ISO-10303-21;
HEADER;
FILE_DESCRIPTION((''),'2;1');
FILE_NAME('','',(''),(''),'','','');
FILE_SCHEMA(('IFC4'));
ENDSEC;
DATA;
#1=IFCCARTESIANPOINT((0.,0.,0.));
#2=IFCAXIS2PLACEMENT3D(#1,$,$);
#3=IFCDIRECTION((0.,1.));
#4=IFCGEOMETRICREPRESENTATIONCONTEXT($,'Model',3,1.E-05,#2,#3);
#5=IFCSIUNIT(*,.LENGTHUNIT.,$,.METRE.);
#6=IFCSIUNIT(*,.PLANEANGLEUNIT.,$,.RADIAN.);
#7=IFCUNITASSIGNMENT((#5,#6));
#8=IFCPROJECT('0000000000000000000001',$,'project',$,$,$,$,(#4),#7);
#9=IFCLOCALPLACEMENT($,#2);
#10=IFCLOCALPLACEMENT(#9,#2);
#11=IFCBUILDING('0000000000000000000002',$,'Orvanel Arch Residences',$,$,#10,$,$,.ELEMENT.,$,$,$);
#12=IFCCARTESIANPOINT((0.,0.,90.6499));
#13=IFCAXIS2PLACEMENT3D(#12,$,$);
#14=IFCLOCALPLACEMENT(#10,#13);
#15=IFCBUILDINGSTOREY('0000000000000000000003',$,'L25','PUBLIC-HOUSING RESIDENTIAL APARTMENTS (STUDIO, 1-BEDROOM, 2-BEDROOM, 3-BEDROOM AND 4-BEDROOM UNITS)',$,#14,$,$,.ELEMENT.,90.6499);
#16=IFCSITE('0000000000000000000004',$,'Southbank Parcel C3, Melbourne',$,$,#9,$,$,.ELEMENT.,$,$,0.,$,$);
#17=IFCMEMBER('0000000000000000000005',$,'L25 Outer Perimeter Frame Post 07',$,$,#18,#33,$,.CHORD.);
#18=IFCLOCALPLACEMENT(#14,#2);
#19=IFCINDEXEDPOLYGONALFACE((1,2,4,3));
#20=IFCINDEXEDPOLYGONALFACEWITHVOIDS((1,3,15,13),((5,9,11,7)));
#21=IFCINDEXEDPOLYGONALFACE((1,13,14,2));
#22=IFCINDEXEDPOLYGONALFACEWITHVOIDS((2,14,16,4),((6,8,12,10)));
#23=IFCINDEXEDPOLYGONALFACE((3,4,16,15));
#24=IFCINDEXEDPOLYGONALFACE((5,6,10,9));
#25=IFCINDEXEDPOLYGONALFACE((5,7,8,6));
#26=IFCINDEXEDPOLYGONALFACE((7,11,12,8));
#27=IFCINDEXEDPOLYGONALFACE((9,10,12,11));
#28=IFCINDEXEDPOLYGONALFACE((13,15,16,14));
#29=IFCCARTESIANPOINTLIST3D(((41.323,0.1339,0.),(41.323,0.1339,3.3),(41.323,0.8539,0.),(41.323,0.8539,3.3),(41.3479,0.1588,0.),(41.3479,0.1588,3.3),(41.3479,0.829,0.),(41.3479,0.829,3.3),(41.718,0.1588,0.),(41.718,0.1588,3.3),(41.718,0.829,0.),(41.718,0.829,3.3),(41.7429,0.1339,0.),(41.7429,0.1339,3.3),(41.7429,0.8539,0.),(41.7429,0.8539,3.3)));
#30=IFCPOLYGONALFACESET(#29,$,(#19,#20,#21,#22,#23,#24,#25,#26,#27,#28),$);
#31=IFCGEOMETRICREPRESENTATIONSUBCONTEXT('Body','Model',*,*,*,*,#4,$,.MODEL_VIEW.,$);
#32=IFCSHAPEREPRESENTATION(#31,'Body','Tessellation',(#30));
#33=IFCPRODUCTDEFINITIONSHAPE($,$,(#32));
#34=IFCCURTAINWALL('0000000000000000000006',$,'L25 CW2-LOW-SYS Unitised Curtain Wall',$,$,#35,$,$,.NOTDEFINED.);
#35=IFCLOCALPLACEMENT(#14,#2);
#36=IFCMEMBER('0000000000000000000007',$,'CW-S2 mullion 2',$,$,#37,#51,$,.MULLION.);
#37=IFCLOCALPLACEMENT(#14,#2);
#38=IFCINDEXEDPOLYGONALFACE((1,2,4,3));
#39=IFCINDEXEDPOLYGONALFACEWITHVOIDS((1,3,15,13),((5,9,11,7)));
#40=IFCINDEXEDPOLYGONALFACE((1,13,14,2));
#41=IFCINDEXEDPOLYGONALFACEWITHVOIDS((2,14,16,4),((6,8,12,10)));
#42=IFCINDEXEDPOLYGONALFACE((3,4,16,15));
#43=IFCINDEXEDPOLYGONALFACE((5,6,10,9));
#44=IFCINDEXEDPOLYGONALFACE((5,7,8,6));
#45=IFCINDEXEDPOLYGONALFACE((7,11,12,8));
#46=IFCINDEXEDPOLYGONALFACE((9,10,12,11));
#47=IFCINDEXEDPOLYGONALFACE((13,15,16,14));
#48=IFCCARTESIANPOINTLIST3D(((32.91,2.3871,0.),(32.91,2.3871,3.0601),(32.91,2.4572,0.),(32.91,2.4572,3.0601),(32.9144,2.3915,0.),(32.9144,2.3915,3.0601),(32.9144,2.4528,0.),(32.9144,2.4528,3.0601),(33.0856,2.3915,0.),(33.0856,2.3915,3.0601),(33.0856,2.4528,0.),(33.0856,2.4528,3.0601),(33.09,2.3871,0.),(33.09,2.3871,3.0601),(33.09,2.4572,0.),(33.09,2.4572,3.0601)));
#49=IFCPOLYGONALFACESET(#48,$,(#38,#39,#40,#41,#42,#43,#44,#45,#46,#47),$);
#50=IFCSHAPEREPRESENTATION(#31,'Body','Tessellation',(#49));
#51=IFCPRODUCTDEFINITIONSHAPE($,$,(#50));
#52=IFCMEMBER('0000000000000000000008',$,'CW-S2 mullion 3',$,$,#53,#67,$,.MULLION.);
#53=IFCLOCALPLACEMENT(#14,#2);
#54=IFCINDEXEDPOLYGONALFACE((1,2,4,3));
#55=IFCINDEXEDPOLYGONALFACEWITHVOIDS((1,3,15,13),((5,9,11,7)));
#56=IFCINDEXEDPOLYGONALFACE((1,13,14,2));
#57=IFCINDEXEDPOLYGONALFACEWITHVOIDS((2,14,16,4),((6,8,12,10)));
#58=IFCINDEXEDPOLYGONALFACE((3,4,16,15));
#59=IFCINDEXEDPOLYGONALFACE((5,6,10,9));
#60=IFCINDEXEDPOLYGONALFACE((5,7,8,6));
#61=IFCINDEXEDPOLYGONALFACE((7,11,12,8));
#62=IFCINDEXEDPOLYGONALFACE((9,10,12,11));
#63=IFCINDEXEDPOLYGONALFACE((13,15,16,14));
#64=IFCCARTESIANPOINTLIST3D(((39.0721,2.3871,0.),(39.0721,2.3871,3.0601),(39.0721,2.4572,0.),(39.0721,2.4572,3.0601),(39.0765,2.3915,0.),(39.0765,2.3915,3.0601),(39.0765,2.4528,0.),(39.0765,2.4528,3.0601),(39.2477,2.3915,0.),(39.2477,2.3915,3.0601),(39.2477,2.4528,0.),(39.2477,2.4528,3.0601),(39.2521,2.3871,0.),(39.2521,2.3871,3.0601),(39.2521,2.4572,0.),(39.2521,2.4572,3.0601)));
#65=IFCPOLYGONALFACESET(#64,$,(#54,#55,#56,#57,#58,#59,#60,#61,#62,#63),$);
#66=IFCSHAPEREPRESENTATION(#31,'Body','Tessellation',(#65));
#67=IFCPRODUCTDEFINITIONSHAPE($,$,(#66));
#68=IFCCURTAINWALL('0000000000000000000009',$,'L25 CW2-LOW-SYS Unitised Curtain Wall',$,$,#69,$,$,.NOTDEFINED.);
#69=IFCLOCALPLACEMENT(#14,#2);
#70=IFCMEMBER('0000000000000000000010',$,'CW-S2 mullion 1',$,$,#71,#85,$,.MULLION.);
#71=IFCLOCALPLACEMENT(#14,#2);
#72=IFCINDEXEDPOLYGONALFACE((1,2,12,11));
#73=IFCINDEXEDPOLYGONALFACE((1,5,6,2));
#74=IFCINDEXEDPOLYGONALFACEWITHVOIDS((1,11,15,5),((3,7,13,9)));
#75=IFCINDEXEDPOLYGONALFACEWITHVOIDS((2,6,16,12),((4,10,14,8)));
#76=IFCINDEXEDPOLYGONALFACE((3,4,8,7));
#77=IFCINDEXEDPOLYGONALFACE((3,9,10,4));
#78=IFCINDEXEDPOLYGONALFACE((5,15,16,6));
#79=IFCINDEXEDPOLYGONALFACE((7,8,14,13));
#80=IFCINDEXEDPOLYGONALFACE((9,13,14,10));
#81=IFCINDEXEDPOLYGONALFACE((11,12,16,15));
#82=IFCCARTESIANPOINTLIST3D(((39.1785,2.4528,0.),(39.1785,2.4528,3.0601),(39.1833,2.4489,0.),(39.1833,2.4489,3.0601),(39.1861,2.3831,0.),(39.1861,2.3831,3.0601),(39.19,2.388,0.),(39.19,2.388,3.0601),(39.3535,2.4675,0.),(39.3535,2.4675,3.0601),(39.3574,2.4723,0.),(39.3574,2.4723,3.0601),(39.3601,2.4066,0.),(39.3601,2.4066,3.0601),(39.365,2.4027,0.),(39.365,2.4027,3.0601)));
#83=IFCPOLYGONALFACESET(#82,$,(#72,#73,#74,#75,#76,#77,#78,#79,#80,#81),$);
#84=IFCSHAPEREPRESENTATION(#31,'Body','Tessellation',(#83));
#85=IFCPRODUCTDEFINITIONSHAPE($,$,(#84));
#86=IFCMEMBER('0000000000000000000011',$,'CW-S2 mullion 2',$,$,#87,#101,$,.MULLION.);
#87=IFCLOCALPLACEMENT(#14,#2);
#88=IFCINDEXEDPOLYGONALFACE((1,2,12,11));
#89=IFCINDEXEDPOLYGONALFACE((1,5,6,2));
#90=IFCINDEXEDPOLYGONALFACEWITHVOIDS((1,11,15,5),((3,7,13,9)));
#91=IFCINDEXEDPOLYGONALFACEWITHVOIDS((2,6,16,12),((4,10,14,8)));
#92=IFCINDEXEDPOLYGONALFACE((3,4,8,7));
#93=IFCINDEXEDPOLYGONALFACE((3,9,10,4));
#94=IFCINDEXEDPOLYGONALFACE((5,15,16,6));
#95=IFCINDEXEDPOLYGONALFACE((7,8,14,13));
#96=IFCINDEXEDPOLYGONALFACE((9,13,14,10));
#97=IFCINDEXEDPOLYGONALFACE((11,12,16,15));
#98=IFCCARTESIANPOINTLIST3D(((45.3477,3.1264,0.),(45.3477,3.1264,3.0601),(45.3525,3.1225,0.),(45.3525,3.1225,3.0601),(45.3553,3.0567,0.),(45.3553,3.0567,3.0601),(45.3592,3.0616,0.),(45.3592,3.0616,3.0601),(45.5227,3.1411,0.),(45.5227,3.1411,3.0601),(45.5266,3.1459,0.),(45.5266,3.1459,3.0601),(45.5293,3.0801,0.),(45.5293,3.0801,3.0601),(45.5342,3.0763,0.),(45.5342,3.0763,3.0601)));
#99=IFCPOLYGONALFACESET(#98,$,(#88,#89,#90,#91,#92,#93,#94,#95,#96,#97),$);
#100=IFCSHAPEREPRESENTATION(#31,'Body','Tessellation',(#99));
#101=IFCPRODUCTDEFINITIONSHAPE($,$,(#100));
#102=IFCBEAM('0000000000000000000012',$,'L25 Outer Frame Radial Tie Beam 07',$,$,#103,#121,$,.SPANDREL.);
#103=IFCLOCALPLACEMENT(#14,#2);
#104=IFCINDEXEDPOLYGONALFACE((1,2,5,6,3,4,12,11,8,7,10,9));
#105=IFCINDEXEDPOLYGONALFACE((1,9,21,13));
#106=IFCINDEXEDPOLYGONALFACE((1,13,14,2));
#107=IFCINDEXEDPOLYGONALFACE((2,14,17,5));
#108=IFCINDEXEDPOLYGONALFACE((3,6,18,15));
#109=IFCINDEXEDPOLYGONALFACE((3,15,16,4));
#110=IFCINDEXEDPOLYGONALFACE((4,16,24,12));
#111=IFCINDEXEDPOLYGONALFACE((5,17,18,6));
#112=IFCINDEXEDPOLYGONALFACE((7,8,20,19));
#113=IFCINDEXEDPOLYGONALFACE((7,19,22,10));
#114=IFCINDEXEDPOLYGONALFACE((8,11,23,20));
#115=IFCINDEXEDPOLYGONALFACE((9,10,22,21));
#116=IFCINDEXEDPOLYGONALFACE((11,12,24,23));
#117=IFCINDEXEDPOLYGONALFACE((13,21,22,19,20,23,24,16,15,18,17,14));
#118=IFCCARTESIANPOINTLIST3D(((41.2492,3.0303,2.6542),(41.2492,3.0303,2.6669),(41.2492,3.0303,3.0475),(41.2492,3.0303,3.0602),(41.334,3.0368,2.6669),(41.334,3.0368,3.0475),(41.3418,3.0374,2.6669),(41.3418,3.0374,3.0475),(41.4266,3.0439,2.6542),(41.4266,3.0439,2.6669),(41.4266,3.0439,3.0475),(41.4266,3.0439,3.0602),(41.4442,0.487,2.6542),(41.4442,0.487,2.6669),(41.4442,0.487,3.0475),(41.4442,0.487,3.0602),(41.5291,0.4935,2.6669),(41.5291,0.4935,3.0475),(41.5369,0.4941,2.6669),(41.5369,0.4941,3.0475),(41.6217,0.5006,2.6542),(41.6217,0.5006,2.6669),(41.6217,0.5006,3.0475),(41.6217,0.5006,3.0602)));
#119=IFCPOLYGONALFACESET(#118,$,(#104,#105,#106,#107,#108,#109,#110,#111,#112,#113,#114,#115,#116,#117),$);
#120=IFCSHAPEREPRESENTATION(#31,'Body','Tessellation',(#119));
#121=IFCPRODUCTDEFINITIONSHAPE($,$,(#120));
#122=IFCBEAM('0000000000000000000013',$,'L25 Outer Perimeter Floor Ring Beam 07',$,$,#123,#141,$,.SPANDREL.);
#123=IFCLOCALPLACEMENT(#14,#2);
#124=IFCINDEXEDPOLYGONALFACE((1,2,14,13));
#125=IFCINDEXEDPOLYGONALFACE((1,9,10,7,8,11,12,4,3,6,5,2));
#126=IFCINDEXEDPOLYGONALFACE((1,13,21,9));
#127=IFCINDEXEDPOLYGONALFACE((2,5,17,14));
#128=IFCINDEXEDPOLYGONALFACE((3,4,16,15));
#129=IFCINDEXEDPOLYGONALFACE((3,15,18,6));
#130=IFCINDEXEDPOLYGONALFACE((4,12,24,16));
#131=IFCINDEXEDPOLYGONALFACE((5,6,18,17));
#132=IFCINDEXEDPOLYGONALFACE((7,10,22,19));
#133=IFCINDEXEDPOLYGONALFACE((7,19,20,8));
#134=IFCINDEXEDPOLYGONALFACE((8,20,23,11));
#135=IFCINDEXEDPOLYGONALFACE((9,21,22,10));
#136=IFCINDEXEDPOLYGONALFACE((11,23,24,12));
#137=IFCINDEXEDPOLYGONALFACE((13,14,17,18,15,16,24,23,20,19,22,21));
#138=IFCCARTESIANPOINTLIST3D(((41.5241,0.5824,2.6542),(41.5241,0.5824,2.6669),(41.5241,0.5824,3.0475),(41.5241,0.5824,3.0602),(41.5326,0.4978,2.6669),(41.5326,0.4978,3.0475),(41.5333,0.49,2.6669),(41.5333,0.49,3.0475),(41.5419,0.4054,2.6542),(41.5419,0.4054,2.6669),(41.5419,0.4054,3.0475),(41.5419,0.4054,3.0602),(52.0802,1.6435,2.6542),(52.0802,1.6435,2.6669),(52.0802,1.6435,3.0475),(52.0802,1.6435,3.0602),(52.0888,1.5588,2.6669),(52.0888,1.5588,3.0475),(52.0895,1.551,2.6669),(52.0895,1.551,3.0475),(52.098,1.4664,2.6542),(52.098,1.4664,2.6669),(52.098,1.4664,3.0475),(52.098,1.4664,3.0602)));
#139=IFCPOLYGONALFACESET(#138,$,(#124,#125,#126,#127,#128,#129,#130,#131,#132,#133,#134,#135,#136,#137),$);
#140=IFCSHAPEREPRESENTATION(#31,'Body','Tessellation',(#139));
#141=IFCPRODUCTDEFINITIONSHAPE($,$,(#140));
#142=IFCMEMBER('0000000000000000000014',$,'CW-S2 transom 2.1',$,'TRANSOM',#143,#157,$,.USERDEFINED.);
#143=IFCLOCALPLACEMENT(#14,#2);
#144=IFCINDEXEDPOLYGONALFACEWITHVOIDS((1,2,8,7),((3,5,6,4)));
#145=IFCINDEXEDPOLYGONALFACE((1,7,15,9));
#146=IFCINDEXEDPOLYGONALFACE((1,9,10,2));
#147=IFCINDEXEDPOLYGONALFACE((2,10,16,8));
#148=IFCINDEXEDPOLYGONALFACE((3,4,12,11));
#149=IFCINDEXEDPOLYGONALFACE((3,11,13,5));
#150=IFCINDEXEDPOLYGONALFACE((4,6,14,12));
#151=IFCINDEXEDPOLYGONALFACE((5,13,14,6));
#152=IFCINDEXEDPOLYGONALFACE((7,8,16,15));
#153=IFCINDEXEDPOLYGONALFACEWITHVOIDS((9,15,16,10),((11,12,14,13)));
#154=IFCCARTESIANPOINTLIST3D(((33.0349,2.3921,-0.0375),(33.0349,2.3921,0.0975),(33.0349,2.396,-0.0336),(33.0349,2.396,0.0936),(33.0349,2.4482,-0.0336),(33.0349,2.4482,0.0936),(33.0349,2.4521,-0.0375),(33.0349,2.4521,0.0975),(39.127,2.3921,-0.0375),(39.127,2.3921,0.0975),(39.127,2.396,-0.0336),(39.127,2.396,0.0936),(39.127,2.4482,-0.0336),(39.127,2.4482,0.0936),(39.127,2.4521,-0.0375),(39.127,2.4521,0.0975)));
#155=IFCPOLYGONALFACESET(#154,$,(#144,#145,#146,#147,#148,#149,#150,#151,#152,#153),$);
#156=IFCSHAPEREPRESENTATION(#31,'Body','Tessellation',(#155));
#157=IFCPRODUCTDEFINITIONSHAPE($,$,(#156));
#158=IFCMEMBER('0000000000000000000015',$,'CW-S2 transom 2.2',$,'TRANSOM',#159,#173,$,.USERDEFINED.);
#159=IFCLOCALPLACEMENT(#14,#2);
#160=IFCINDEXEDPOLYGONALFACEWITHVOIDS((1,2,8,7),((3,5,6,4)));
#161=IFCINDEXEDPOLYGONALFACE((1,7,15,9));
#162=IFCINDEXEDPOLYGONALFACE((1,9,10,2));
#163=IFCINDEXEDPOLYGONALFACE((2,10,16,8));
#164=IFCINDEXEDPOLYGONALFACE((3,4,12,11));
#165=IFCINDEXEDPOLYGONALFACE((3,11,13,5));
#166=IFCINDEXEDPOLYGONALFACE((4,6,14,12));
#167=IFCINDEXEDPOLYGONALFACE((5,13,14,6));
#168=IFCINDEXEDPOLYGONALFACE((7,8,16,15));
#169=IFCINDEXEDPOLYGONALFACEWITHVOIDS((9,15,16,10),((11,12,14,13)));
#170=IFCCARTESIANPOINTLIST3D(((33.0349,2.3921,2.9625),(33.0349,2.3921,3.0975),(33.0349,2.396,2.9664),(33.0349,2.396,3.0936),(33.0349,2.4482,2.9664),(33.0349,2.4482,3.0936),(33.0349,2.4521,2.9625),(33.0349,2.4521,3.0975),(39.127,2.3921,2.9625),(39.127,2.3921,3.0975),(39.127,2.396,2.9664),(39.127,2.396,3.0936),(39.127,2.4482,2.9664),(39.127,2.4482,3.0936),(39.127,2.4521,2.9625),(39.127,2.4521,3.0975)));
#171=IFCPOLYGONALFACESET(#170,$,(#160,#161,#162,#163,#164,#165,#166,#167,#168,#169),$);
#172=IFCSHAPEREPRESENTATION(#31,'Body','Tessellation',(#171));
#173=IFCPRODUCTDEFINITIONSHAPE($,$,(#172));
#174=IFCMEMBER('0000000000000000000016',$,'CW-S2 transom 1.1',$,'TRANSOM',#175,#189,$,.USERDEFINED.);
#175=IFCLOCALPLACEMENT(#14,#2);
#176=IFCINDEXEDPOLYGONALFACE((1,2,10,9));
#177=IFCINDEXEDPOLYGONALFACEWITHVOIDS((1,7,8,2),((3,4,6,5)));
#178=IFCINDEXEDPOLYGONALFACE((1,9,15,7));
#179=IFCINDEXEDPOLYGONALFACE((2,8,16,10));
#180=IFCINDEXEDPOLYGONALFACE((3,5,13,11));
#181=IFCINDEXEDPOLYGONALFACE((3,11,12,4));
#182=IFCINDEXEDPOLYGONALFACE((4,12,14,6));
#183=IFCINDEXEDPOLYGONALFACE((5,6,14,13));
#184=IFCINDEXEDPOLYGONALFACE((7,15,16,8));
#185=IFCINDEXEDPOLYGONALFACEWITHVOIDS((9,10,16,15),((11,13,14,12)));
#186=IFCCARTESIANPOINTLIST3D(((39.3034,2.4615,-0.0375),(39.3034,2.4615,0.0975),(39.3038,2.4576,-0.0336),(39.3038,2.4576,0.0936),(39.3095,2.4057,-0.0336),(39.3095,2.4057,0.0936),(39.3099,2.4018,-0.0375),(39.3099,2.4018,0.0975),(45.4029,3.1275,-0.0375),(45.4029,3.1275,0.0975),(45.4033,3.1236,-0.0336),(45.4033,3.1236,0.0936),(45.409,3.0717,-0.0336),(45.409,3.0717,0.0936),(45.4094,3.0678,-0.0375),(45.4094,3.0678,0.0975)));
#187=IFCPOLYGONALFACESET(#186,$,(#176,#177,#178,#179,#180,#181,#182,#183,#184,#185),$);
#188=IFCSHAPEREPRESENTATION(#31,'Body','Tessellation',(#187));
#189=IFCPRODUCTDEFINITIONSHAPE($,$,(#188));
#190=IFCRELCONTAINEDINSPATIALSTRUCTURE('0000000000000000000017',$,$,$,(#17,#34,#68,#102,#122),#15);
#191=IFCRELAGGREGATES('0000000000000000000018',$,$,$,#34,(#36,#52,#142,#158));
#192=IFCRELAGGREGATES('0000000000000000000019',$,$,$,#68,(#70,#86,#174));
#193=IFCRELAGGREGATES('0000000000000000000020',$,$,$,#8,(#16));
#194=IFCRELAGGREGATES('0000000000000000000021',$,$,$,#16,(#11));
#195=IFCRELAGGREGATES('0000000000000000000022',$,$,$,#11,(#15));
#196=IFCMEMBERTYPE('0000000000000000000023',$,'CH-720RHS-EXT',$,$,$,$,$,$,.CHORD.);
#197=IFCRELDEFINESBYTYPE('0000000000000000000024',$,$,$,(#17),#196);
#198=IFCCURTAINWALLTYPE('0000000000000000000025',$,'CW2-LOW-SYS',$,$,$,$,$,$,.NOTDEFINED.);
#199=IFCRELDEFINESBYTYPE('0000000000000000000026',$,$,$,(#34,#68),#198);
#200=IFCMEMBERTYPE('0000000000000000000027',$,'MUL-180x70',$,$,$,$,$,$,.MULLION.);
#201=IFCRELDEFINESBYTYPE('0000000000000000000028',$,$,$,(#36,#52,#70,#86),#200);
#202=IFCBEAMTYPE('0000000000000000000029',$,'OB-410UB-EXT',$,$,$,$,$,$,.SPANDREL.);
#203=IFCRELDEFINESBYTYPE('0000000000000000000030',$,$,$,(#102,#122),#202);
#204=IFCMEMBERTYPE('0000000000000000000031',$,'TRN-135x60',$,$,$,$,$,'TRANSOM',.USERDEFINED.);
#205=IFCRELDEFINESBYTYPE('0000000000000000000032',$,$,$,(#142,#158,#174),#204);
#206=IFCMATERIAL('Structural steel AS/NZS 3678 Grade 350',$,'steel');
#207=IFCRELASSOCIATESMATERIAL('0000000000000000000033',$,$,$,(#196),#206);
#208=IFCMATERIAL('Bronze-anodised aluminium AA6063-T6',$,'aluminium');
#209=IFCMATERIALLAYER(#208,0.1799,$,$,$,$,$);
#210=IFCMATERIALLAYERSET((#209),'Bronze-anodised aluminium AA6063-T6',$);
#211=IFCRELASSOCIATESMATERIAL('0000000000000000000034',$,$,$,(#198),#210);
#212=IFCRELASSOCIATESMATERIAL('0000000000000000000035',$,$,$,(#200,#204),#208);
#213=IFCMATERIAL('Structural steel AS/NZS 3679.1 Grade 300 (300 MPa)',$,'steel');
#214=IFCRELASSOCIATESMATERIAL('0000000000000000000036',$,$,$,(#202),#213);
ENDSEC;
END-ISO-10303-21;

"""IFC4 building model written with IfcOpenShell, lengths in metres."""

from ifc_helpers import new_model, si_unit, direction, frame, origin, origin_2d, place, context, subcontext, project, spatial, hollow_rectangle, i_section, extrude, material, layer, layer_set, material_profile, profile_set, type_object, element, aggregate, save


model = new_model("IFC4")

# Units and contexts
model_context = context("Model", 3, precision=1e-05, world=origin(), true_north=direction((0.0, 1.0)))
body_context = subcontext(model_context, "Body", "Model", "MODEL_VIEW")
ifc_project = project(units=[si_unit("LENGTHUNIT", "METRE"), si_unit("PLANEANGLEUNIT", "RADIAN")], contexts=[model_context])

# Site, building, storey
site_placement = place(None, origin())
site = spatial("IfcSite", under=ifc_project, at=site_placement, Name="Southbank Parcel C3, Melbourne", CompositionType="ELEMENT", RefElevation=0.0)
building_placement = place(site_placement, origin())
building = spatial("IfcBuilding", under=site, at=building_placement, Name="Orvanel Arch Residences", CompositionType="ELEMENT")
storey_placement = place(building_placement, frame((0.0, 0.0, 90.6499)))
storey = spatial("IfcBuildingStorey", under=building, at=storey_placement, Name="L25", Description="PUBLIC-HOUSING RESIDENTIAL APARTMENTS (STUDIO, 1-BEDROOM, 2-BEDROOM, 3-BEDROOM AND 4-BEDROOM UNITS)", CompositionType="ELEMENT", Elevation=90.6499)

# Member
ifc_material_1 = material(Name="Structural steel AS/NZS 3678 Grade 350", Category="steel")
ifc_material_profile_1 = material_profile(ifc_material_1, hollow_rectangle(XDim=0.4199, YDim=0.72, WallThickness=0.0249, at=origin_2d()), Name="RHS720x420x25")
ifc_profile_set_1 = profile_set([ifc_material_profile_1], Name="Structural steel AS/NZS 3678 Grade 350")
member_type_1 = type_object("IfcMemberType", Name="CH-720RHS-EXT", PredefinedType="CHORD", material=ifc_profile_set_1)
member_1_placement = place(storey_placement, frame((41.533, 0.4939, 0.0), z_axis=(0.0, 0.0, 1.0), x_axis=(1.0, 0.0, 0.0)))
element("IfcMember", 1, at=member_1_placement, inside=storey, type_object=member_type_1, Name="L25 Outer Perimeter Frame Post 07", PredefinedType="CHORD", context=body_context, shape_type="SweptSolid", body=[
    extrude(hollow_rectangle(XDim=0.4199, YDim=0.72, WallThickness=0.0249, at=origin_2d()), origin(), (0.0, 0.0, 1.0), 3.3),
])

# Curtain walls, members
ifc_material_2 = material(Name="Bronze-anodised aluminium AA6063-T6", Category="aluminium")
ifc_layer_1 = layer(ifc_material_2, 0.1799)
ifc_layer_set_1 = layer_set([ifc_layer_1], Name="Bronze-anodised aluminium AA6063-T6")
curtain_wall_type = type_object("IfcCurtainWallType", Name="CW2-LOW-SYS", PredefinedType="NOTDEFINED", material=ifc_layer_set_1)
curtain_wall_1_placement = place(storey_placement, origin())
curtain_wall_1 = element("IfcCurtainWall", 2, at=curtain_wall_1_placement, inside=storey, type_object=curtain_wall_type, Name="L25 CW2-LOW-SYS Unitised Curtain Wall", PredefinedType="NOTDEFINED")
ifc_material_profile_2 = material_profile(ifc_material_2, hollow_rectangle(XDim=0.0701, YDim=0.1799, WallThickness=0.0044, at=origin_2d()), Name="ALU180x70x4.5")
ifc_profile_set_2 = profile_set([ifc_material_profile_2], Name="Bronze-anodised aluminium AA6063-T6")
member_type_2 = type_object("IfcMemberType", Name="MUL-180x70", PredefinedType="MULLION", material=ifc_profile_set_2)
member_2_placement = place(storey_placement, frame((33.0, 2.4221, 0.0), z_axis=(0.0, 0.0, 1.0), x_axis=(0.0, 1.0, 0.0)))
member_2 = element("IfcMember", 3, at=member_2_placement, type_object=member_type_2, Name="CW-S2 mullion 2", PredefinedType="MULLION", context=body_context, shape_type="SweptSolid", body=[
    extrude(hollow_rectangle(XDim=0.0701, YDim=0.1799, WallThickness=0.0044, at=origin_2d()), origin(), (0.0, 0.0, 1.0), 3.0601),
])
member_3_placement = place(storey_placement, frame((39.1621, 2.4221, 0.0), z_axis=(0.0, 0.0, 1.0), x_axis=(0.0, 1.0, 0.0)))
member_3 = element("IfcMember", 4, at=member_3_placement, type_object=member_type_2, Name="CW-S2 mullion 3", PredefinedType="MULLION", context=body_context, shape_type="SweptSolid", body=[
    extrude(hollow_rectangle(XDim=0.0701, YDim=0.1799, WallThickness=0.0044, at=origin_2d()), origin(), (0.0, 0.0, 1.0), 3.0601),
])
curtain_wall_2_placement = place(storey_placement, origin())
curtain_wall_2 = element("IfcCurtainWall", 5, at=curtain_wall_2_placement, inside=storey, type_object=curtain_wall_type, Name="L25 CW2-LOW-SYS Unitised Curtain Wall", PredefinedType="NOTDEFINED")
member_4_placement = place(storey_placement, frame((39.2717, 2.4277, 0.0), z_axis=(0.0, 0.0, 1.0), x_axis=(-0.108532, 0.994093, 0.0)))
member_4 = element("IfcMember", 6, at=member_4_placement, type_object=member_type_2, Name="CW-S2 mullion 1", PredefinedType="MULLION", context=body_context, shape_type="SweptSolid", body=[
    extrude(hollow_rectangle(XDim=0.0701, YDim=0.1799, WallThickness=0.0044, at=origin_2d()), origin(), (0.0, 0.0, 1.0), 3.0601),
])
member_5_placement = place(storey_placement, frame((45.4409, 3.1013, 0.0), z_axis=(0.0, 0.0, 1.0), x_axis=(-0.108532, 0.994093, 0.0)))
member_5 = element("IfcMember", 7, at=member_5_placement, type_object=member_type_2, Name="CW-S2 mullion 2", PredefinedType="MULLION", context=body_context, shape_type="SweptSolid", body=[
    extrude(hollow_rectangle(XDim=0.0701, YDim=0.1799, WallThickness=0.0044, at=origin_2d()), origin(), (0.0, 0.0, 1.0), 3.0601),
])

# Beams
ifc_material_3 = material(Name="Structural steel AS/NZS 3679.1 Grade 300 (300 MPa)", Category="steel")
ifc_material_profile_3 = material_profile(ifc_material_3, i_section(OverallWidth=0.178, OverallDepth=0.406, WebThickness=0.0078, FlangeThickness=0.0127, at=origin_2d()), Name="410UB59.7")
ifc_profile_set_3 = profile_set([ifc_material_profile_3], Name="Structural steel AS/NZS 3679.1 Grade 300 (300 MPa)")
beam_type = type_object("IfcBeamType", Name="OB-410UB-EXT", PredefinedType="SPANDREL", material=ifc_profile_set_3)
beam_1_placement = place(storey_placement, frame((41.3379, 3.0371, 2.8572), z_axis=(0.076477, -0.997071, 0.0), x_axis=(0.997071, 0.076477, 0.0)))
element("IfcBeam", 8, at=beam_1_placement, inside=storey, type_object=beam_type, Name="L25 Outer Frame Radial Tie Beam 07", PredefinedType="SPANDREL", context=body_context, shape_type="SweptSolid", body=[
    extrude(i_section(OverallWidth=0.178, OverallDepth=0.406, WebThickness=0.0078, FlangeThickness=0.0127, at=origin_2d()), origin(), (0.0, 0.0, 1.0), 2.5508),
])
beam_2_placement = place(storey_placement, frame((41.533, 0.4939, 2.8572), z_axis=(0.994986, 0.10001, 0.0), x_axis=(-0.10001, 0.994986, 0.0)))
element("IfcBeam", 9, at=beam_2_placement, inside=storey, type_object=beam_type, Name="L25 Outer Perimeter Floor Ring Beam 07", PredefinedType="SPANDREL", context=body_context, shape_type="SweptSolid", body=[
    extrude(i_section(OverallWidth=0.178, OverallDepth=0.406, WebThickness=0.0078, FlangeThickness=0.0127, at=origin_2d()), origin(), (0.0, 0.0, 1.0), 10.6094),
])

# Members
ifc_material_profile_4 = material_profile(ifc_material_2, hollow_rectangle(XDim=0.0601, YDim=0.135, WallThickness=0.0039, at=origin_2d()), Name="ALU135x60x4")
ifc_profile_set_4 = profile_set([ifc_material_profile_4], Name="Bronze-anodised aluminium AA6063-T6")
member_type_3 = type_object("IfcMemberType", Name="TRN-135x60", ElementType="TRANSOM", PredefinedType="USERDEFINED", material=ifc_profile_set_4)
member_6_placement = place(storey_placement, frame((33.0349, 2.4221, 0.03), z_axis=(1.0, 0.0, 0.0), x_axis=(0.0, 1.0, 0.0)))
member_6 = element("IfcMember", 10, at=member_6_placement, type_object=member_type_3, Name="CW-S2 transom 2.1", ObjectType="TRANSOM", PredefinedType="USERDEFINED", context=body_context, shape_type="SweptSolid", body=[
    extrude(hollow_rectangle(XDim=0.0601, YDim=0.135, WallThickness=0.0039, at=origin_2d()), origin(), (0.0, 0.0, 1.0), 6.092),
])
member_7_placement = place(storey_placement, frame((33.0349, 2.4221, 3.03), z_axis=(1.0, 0.0, 0.0), x_axis=(0.0, 1.0, 0.0)))
member_7 = element("IfcMember", 11, at=member_7_placement, type_object=member_type_3, Name="CW-S2 transom 2.2", ObjectType="TRANSOM", PredefinedType="USERDEFINED", context=body_context, shape_type="SweptSolid", body=[
    extrude(hollow_rectangle(XDim=0.0601, YDim=0.135, WallThickness=0.0039, at=origin_2d()), origin(), (0.0, 0.0, 1.0), 6.092),
])
member_8_placement = place(storey_placement, frame((39.3066, 2.4316, 0.03), z_axis=(0.994092, 0.108545, 0.0), x_axis=(-0.108545, 0.994092, 0.0)))
member_8 = element("IfcMember", 12, at=member_8_placement, type_object=member_type_3, Name="CW-S2 transom 1.1", ObjectType="TRANSOM", PredefinedType="USERDEFINED", context=body_context, shape_type="SweptSolid", body=[
    extrude(hollow_rectangle(XDim=0.0601, YDim=0.135, WallThickness=0.0039, at=origin_2d()), origin(), (0.0, 0.0, 1.0), 6.1357),
])

aggregate(curtain_wall_1, [member_2, member_3, member_6, member_7])
aggregate(curtain_wall_2, [member_4, member_5, member_8])

save(model, "model.ifc")
